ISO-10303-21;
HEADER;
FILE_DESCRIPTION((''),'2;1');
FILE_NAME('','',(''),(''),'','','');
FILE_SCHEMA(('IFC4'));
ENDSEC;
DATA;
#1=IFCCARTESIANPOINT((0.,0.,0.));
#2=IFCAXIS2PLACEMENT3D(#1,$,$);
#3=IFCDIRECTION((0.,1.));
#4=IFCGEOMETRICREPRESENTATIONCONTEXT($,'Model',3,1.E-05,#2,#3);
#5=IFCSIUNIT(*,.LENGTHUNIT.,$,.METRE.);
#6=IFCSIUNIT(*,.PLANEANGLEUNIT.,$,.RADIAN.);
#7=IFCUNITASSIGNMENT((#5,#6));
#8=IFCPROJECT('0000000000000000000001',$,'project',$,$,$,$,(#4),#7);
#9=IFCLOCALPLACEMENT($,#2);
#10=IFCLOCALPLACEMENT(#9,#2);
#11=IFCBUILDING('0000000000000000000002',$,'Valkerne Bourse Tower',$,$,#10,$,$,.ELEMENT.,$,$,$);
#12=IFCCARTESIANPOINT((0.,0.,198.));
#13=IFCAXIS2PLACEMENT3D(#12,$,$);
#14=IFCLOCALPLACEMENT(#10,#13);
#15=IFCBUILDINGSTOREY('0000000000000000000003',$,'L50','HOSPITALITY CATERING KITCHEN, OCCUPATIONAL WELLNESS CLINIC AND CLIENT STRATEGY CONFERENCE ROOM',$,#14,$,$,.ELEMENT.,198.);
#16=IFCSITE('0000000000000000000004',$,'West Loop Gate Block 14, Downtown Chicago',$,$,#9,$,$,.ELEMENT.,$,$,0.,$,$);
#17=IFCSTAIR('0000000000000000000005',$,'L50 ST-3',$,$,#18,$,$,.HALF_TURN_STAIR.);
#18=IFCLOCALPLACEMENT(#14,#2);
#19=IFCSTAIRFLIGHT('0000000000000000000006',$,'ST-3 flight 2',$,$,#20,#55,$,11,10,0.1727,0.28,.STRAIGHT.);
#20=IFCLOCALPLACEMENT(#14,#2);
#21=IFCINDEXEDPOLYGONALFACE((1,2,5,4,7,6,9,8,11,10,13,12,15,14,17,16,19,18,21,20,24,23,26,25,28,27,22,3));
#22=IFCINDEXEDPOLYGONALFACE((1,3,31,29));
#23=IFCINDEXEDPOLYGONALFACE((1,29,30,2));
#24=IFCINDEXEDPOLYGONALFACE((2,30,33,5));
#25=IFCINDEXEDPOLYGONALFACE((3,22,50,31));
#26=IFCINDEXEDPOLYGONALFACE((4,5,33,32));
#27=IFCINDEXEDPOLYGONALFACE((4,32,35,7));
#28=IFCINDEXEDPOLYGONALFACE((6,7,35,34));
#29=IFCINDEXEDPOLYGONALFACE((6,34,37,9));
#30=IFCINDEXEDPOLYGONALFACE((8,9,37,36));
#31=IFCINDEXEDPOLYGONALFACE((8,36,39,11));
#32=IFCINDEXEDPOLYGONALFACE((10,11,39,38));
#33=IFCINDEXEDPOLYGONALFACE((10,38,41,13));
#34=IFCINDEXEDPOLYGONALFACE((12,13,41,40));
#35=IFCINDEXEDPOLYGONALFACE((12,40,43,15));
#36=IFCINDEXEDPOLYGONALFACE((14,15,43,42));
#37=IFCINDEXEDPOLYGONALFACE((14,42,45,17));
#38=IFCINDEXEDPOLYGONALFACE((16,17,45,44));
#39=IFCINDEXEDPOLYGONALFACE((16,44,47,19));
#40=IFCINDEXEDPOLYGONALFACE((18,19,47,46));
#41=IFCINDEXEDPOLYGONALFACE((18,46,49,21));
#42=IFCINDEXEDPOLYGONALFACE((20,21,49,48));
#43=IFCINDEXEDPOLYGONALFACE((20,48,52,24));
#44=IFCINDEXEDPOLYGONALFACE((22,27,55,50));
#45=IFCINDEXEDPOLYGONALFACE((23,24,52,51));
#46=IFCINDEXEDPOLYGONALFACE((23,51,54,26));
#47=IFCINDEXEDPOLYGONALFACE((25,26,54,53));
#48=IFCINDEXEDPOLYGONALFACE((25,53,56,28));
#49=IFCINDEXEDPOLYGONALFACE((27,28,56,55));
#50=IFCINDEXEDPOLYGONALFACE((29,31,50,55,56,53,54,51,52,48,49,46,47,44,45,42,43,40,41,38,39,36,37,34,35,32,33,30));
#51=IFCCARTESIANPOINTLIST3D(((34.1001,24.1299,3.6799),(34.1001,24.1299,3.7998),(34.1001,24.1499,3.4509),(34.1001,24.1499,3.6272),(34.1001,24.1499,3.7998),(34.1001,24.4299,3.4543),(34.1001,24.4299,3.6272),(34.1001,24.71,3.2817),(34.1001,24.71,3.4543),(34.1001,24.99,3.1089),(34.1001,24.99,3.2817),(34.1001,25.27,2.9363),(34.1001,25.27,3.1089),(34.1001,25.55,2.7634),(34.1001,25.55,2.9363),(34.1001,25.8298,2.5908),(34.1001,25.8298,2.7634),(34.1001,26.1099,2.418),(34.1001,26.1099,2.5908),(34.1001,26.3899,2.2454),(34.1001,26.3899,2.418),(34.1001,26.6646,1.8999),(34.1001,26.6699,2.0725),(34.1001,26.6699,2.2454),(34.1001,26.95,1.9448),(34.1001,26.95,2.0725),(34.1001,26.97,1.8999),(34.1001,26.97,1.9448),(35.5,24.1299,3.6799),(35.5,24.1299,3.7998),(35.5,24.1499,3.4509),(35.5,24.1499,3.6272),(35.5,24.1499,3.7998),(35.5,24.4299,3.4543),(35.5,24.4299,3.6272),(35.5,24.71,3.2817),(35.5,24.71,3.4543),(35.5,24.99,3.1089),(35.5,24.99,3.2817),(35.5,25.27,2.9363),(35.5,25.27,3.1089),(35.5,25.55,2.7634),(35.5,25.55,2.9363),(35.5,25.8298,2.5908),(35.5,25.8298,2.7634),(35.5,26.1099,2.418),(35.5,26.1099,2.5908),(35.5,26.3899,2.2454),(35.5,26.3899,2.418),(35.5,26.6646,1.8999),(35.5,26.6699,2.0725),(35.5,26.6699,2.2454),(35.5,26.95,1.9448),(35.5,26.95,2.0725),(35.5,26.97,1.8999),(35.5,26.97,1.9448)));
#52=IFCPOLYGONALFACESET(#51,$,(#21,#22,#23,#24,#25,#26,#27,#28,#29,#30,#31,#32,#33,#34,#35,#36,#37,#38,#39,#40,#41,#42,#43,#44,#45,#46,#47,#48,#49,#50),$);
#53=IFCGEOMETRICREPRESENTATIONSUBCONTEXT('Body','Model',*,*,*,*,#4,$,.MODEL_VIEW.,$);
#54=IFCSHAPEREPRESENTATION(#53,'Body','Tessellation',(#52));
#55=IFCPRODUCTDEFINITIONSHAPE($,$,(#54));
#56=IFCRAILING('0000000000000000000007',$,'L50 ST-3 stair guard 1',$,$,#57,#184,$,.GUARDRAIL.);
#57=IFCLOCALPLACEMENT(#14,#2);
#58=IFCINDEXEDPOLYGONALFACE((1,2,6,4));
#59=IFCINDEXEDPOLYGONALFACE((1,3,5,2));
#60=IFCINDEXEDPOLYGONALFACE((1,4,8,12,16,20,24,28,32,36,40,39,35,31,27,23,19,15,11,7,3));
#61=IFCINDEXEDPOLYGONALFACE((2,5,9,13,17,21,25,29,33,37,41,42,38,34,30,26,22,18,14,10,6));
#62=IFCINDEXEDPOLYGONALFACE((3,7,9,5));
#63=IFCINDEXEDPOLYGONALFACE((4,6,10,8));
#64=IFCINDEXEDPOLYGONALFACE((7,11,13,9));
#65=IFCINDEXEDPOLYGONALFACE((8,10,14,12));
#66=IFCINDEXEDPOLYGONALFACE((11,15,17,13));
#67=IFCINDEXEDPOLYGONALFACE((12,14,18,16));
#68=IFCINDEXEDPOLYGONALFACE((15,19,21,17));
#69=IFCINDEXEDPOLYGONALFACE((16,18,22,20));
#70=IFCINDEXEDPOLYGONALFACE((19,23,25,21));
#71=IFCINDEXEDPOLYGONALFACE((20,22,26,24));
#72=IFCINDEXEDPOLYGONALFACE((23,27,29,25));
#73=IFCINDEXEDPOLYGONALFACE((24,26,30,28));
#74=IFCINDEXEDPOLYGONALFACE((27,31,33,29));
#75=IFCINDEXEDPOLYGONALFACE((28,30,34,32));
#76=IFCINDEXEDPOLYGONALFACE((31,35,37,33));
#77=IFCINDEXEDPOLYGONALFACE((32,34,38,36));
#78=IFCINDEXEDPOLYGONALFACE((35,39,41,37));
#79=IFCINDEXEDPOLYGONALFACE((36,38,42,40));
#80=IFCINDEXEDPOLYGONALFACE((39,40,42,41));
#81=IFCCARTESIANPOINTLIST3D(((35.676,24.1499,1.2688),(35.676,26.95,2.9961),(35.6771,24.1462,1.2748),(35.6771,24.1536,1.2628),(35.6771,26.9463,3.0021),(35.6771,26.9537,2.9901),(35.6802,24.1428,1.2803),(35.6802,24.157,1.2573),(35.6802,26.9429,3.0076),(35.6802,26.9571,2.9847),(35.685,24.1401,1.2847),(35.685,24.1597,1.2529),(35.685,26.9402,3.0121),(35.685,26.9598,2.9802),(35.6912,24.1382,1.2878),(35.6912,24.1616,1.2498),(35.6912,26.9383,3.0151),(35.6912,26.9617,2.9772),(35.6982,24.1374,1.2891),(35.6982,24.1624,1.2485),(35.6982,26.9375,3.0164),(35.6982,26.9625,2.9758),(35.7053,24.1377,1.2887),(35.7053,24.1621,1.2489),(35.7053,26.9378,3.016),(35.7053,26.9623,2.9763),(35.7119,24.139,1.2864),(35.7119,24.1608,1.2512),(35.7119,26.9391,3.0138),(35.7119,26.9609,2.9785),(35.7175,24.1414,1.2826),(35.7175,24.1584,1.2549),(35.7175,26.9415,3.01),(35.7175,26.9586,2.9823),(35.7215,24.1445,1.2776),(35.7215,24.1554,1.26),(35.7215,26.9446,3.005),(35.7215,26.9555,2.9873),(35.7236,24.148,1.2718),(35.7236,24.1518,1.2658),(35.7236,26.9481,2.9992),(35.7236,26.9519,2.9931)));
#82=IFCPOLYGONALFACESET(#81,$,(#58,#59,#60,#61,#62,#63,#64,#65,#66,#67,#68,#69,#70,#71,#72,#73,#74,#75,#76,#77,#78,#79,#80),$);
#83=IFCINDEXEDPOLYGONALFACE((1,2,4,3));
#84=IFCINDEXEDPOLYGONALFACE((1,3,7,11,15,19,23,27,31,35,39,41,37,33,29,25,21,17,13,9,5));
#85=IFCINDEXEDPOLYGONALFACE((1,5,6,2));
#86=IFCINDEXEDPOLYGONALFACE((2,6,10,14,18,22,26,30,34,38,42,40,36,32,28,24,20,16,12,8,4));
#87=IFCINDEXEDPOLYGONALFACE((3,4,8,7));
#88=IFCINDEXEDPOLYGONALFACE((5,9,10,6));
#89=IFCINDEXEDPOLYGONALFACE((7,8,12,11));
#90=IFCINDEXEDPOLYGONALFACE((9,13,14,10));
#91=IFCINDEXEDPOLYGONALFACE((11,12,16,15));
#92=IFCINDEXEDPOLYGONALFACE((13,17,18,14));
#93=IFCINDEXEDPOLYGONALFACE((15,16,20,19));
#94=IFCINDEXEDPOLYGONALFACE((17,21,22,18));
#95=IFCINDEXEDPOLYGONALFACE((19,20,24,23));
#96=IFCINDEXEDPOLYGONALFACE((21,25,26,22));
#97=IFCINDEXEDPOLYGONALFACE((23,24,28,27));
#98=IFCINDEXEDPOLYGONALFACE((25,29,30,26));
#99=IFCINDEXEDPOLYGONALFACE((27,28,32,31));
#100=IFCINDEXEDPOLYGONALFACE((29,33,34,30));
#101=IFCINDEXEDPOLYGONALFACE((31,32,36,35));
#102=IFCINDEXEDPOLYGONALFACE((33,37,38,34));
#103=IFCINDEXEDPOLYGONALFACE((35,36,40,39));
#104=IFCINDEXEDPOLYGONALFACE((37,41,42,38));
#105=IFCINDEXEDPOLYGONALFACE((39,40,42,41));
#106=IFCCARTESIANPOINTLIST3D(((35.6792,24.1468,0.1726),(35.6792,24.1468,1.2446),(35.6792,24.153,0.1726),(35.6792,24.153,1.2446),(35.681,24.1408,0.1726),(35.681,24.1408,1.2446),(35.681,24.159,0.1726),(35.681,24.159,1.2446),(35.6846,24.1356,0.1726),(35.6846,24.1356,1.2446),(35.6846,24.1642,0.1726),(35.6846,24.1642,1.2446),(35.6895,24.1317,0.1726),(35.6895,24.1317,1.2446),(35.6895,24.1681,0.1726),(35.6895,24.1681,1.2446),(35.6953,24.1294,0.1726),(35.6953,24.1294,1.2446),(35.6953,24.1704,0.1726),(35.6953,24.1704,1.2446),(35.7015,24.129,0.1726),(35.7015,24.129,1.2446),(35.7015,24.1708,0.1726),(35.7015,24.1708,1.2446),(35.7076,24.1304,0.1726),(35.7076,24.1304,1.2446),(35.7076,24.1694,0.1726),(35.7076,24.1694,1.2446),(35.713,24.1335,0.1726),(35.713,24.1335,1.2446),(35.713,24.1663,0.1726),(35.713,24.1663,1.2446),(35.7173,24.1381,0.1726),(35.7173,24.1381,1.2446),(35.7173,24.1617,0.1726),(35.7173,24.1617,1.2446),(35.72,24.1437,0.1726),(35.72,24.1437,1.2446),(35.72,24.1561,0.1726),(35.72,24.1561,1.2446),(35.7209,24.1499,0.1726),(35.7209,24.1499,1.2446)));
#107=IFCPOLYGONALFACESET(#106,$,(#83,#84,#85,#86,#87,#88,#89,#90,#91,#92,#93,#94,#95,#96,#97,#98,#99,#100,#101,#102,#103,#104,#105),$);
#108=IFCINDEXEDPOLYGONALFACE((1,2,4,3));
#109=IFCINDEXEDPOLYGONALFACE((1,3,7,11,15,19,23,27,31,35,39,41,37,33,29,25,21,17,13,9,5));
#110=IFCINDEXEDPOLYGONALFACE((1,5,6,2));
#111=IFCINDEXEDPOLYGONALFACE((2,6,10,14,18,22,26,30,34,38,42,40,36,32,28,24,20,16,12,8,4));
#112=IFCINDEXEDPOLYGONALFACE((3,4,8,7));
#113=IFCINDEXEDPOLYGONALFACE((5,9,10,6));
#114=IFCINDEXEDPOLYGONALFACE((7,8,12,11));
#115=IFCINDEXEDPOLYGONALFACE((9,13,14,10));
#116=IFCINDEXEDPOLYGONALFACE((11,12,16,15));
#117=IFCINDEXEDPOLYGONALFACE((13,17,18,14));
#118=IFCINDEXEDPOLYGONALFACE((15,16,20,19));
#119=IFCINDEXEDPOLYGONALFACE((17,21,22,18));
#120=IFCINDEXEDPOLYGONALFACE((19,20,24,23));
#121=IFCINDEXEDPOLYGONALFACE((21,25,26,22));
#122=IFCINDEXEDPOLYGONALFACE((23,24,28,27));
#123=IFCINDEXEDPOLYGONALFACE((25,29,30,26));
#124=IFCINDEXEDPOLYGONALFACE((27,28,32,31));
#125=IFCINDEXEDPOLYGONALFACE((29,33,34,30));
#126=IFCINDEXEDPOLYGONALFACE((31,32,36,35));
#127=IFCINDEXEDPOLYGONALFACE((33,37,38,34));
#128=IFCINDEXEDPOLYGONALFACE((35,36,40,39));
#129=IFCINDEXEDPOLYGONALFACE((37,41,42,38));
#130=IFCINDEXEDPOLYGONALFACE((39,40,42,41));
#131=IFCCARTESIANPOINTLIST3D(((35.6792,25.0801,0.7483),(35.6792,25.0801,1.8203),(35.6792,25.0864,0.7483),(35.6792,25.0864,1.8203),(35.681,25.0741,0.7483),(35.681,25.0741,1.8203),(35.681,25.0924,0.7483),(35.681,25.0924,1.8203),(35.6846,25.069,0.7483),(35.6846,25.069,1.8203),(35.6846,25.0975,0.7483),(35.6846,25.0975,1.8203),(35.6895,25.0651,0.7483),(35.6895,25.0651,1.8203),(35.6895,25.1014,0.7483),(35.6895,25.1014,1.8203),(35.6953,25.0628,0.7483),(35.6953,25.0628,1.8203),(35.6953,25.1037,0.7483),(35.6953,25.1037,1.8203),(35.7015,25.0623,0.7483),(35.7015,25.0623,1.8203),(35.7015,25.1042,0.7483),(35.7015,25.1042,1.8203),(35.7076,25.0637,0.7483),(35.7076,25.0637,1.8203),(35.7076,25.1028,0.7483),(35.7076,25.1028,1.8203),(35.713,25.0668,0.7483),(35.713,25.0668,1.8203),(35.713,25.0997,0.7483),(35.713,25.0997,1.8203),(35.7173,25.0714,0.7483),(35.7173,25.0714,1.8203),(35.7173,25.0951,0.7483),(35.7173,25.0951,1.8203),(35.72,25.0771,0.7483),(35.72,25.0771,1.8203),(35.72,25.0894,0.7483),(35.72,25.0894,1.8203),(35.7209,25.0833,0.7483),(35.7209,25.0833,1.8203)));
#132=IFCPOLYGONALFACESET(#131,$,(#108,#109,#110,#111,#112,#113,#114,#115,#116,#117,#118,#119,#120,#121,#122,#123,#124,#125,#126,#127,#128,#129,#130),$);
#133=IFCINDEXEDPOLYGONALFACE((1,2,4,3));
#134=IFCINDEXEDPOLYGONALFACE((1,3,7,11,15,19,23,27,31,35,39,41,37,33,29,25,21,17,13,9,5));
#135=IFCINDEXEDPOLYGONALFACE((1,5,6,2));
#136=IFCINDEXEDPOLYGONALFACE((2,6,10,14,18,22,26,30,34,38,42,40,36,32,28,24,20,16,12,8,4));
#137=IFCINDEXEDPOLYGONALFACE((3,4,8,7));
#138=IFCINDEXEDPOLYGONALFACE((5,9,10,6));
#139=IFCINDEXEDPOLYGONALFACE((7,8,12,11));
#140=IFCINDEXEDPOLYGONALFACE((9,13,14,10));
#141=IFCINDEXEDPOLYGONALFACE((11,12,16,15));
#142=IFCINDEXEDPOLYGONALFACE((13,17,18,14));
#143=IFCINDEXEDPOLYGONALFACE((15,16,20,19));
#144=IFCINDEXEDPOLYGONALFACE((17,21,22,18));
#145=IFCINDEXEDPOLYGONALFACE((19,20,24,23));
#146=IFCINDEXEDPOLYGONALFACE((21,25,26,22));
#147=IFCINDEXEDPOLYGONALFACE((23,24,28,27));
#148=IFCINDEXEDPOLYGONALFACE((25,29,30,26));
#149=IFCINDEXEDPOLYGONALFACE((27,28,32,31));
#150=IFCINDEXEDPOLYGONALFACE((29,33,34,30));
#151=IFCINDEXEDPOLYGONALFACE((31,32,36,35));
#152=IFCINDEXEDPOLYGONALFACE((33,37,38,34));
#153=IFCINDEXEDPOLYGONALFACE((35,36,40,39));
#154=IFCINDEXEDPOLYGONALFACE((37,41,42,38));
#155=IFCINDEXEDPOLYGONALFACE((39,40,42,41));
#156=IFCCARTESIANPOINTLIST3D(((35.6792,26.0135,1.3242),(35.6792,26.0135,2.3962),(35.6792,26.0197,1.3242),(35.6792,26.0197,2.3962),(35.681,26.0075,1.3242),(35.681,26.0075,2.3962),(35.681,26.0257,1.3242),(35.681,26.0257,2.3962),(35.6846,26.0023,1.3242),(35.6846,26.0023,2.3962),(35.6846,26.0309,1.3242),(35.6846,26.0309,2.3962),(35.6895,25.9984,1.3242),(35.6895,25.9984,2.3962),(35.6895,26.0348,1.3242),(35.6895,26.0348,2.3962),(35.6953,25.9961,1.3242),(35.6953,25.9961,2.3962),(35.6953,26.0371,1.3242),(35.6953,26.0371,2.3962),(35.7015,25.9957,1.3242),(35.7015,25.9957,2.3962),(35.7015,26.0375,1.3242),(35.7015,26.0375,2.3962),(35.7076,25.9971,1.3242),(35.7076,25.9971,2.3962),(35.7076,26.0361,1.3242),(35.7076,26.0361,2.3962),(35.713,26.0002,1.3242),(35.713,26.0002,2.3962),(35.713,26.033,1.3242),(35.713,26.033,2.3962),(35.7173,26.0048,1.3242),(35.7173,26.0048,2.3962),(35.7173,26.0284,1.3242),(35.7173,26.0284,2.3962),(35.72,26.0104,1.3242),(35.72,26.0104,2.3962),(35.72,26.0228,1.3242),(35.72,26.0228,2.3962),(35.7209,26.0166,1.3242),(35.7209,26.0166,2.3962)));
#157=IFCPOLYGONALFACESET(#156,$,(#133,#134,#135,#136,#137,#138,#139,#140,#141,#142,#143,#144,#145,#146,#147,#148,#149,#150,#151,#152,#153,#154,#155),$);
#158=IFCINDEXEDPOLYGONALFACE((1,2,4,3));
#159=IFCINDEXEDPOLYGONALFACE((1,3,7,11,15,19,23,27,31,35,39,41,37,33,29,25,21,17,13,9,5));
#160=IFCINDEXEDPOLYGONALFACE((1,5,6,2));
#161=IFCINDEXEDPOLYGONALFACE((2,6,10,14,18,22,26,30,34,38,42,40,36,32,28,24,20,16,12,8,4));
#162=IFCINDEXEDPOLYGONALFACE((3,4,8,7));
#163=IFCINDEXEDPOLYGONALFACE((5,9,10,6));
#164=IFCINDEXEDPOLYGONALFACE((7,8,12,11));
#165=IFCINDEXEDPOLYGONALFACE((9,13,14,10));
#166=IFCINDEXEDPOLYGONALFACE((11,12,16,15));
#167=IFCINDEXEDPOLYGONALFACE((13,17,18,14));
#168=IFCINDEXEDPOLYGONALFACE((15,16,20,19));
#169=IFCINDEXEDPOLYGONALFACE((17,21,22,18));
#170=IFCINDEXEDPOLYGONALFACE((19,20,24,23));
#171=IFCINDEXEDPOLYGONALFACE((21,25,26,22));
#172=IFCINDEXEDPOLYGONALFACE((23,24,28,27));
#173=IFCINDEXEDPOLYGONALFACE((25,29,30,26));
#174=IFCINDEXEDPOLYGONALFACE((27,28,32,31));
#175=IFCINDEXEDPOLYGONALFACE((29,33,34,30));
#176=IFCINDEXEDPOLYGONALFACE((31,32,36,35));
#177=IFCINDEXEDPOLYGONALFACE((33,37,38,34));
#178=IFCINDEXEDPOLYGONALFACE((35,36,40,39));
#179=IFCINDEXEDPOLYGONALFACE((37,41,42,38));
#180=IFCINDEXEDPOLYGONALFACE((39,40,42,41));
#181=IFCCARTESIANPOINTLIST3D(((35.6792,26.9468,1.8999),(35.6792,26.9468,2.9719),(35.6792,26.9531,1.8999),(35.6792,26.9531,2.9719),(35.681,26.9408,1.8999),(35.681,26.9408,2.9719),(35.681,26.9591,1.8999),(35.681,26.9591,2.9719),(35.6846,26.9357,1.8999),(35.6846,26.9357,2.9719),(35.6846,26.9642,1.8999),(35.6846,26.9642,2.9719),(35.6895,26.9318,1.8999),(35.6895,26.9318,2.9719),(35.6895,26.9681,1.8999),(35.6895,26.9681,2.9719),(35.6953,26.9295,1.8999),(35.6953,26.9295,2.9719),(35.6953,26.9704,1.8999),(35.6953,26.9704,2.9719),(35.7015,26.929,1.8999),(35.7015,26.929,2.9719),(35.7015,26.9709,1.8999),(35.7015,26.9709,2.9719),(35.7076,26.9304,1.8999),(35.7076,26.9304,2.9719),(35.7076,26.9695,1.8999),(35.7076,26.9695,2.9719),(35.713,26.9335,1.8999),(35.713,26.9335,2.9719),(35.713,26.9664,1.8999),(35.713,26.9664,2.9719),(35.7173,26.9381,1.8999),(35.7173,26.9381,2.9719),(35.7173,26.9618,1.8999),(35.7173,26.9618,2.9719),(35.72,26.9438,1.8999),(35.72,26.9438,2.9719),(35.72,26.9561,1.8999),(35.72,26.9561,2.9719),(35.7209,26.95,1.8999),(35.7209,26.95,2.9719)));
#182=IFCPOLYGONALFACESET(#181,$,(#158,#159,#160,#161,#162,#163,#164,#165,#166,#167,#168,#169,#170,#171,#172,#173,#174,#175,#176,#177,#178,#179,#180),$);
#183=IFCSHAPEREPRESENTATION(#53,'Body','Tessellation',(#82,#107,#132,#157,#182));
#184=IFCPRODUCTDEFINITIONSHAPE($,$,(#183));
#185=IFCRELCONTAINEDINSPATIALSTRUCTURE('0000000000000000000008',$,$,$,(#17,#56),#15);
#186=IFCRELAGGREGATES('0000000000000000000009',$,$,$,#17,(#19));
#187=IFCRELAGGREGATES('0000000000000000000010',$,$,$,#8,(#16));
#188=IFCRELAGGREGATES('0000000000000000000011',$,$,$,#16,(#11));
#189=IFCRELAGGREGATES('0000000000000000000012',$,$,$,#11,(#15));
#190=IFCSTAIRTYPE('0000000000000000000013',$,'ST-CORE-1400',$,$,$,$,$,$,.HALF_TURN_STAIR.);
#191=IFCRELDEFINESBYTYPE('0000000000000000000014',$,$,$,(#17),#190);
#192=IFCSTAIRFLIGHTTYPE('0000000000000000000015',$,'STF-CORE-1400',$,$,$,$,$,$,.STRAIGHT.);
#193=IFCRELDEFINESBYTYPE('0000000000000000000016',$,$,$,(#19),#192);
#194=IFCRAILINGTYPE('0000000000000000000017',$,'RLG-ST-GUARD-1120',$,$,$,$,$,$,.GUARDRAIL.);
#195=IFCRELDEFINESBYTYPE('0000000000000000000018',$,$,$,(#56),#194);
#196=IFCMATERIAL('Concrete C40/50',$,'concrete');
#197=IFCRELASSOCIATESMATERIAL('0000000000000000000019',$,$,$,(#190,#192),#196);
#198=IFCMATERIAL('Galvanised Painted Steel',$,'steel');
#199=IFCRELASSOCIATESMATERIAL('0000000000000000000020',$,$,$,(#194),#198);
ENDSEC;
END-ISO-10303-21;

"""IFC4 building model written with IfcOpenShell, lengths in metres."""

from ifc_helpers import new_model, si_unit, direction, frame, origin, origin_2d, place, context, subcontext, project, spatial, polyline, circle, outline, extrude, material, type_object, element, aggregate, save


model = new_model("IFC4")

# Units and contexts
model_context = context("Model", 3, precision=1e-05, world=origin(), true_north=direction((0.0, 1.0)))
body_context = subcontext(model_context, "Body", "Model", "MODEL_VIEW")
ifc_project = project(units=[si_unit("LENGTHUNIT", "METRE"), si_unit("PLANEANGLEUNIT", "RADIAN")], contexts=[model_context])

# Site, building, storey
site_placement = place(None, origin())
site = spatial("IfcSite", under=ifc_project, at=site_placement, Name="West Loop Gate Block 14, Downtown Chicago", CompositionType="ELEMENT", RefElevation=0.0)
building_placement = place(site_placement, origin())
building = spatial("IfcBuilding", under=site, at=building_placement, Name="Valkerne Bourse Tower", CompositionType="ELEMENT")
storey_placement = place(building_placement, frame((0.0, 0.0, 198.0)))
storey = spatial("IfcBuildingStorey", under=building, at=storey_placement, Name="L50", Description="HOSPITALITY CATERING KITCHEN, OCCUPATIONAL WELLNESS CLINIC AND CLIENT STRATEGY CONFERENCE ROOM", CompositionType="ELEMENT", Elevation=198.0)

# Stair, stair flight
ifc_material_1 = material(Name="Concrete C40/50", Category="concrete")
stair_type = type_object("IfcStairType", Name="ST-CORE-1400", PredefinedType="HALF_TURN_STAIR", material=ifc_material_1)
stair_placement = place(storey_placement, origin())
stair = element("IfcStair", 1, at=stair_placement, inside=storey, type_object=stair_type, Name="L50 ST-3", PredefinedType="HALF_TURN_STAIR")
stair_flight_type = type_object("IfcStairFlightType", Name="STF-CORE-1400", PredefinedType="STRAIGHT", material=ifc_material_1)
stair_flight_1_placement = place(storey_placement, frame((34.8, 26.95, 1.8999), z_axis=(0.0, 0.0, 1.0), x_axis=(0.0, -1.0, 0.0)))
stair_flight_1 = element("IfcStairFlight", 2, at=stair_flight_1_placement, type_object=stair_flight_type, Name="ST-3 flight 2", NumberOfRisers=11, NumberOfTreads=10, PredefinedType="STRAIGHT", RiserHeight=0.1727, TreadLength=0.28, context=body_context, shape_type="SweptSolid", body=[
    extrude(outline(polyline([(-0.02, 0.0), (-0.02, 0.0449), (0.0, 0.0449), (0.0, 0.1726), (0.28, 0.1726), (0.28, 0.3455), (0.5601, 0.3455), (0.5601, 0.5181), (0.8401, 0.5181), (0.8401, 0.6909), (1.1201, 0.6909), (1.1201, 0.8635), (1.3999, 0.8635), (1.3999, 1.0364), (1.6799, 1.0364), (1.6799, 1.209), (1.96, 1.209), (1.96, 1.3818), (2.24, 1.3818), (2.24, 1.5544), (2.52, 1.5544), (2.52, 1.7273), (2.8, 1.7273), (2.8, 1.8999), (2.8201, 1.8999), (2.8201, 1.78), (2.8, 1.551), (0.2854, 0.0), (-0.02, 0.0)])), frame((0.0, 0.7, 0.0), z_axis=(0.0, -1.0, 0.0), x_axis=(1.0, 0.0, 0.0)), (0.0, 0.0, 1.0), 1.3999),
])
aggregate(stair, [stair_flight_1])

# Railing
ifc_material_2 = material(Name="Galvanised Painted Steel", Category="steel")
railing_type_1 = type_object("IfcRailingType", Name="RLG-ST-GUARD-1120", PredefinedType="GUARDRAIL", material=ifc_material_2)
railing_1_placement = place(storey_placement, frame((35.7, 24.1499, 0.1726)))
element("IfcRailing", 3, at=railing_1_placement, inside=storey, type_object=railing_type_1, Name="L50 ST-3 stair guard 1", PredefinedType="GUARDRAIL", context=body_context, shape_type="SweptSolid", body=[
    extrude(circle(Radius=0.0239, at=origin_2d()), frame((0.0, 0.0, 1.0962), z_axis=(0.0, 0.85109, 0.52502), x_axis=(-1.0, 0.0, 0.0)), (0.0, 0.0, 1.0), 3.29),
    extrude(circle(Radius=0.021, at=origin_2d()), origin(), (0.0, 0.0, 1.0), 1.072),
    extrude(circle(Radius=0.021, at=origin_2d()), frame((0.0, 0.9333, 0.5757)), (0.0, 0.0, 1.0), 1.072),
    extrude(circle(Radius=0.021, at=origin_2d()), frame((0.0, 1.8667, 1.1516)), (0.0, 0.0, 1.0), 1.072),
    extrude(circle(Radius=0.021, at=origin_2d()), frame((0.0, 2.8, 1.7273)), (0.0, 0.0, 1.0), 1.072),
])

save(model, "model.ifc")
